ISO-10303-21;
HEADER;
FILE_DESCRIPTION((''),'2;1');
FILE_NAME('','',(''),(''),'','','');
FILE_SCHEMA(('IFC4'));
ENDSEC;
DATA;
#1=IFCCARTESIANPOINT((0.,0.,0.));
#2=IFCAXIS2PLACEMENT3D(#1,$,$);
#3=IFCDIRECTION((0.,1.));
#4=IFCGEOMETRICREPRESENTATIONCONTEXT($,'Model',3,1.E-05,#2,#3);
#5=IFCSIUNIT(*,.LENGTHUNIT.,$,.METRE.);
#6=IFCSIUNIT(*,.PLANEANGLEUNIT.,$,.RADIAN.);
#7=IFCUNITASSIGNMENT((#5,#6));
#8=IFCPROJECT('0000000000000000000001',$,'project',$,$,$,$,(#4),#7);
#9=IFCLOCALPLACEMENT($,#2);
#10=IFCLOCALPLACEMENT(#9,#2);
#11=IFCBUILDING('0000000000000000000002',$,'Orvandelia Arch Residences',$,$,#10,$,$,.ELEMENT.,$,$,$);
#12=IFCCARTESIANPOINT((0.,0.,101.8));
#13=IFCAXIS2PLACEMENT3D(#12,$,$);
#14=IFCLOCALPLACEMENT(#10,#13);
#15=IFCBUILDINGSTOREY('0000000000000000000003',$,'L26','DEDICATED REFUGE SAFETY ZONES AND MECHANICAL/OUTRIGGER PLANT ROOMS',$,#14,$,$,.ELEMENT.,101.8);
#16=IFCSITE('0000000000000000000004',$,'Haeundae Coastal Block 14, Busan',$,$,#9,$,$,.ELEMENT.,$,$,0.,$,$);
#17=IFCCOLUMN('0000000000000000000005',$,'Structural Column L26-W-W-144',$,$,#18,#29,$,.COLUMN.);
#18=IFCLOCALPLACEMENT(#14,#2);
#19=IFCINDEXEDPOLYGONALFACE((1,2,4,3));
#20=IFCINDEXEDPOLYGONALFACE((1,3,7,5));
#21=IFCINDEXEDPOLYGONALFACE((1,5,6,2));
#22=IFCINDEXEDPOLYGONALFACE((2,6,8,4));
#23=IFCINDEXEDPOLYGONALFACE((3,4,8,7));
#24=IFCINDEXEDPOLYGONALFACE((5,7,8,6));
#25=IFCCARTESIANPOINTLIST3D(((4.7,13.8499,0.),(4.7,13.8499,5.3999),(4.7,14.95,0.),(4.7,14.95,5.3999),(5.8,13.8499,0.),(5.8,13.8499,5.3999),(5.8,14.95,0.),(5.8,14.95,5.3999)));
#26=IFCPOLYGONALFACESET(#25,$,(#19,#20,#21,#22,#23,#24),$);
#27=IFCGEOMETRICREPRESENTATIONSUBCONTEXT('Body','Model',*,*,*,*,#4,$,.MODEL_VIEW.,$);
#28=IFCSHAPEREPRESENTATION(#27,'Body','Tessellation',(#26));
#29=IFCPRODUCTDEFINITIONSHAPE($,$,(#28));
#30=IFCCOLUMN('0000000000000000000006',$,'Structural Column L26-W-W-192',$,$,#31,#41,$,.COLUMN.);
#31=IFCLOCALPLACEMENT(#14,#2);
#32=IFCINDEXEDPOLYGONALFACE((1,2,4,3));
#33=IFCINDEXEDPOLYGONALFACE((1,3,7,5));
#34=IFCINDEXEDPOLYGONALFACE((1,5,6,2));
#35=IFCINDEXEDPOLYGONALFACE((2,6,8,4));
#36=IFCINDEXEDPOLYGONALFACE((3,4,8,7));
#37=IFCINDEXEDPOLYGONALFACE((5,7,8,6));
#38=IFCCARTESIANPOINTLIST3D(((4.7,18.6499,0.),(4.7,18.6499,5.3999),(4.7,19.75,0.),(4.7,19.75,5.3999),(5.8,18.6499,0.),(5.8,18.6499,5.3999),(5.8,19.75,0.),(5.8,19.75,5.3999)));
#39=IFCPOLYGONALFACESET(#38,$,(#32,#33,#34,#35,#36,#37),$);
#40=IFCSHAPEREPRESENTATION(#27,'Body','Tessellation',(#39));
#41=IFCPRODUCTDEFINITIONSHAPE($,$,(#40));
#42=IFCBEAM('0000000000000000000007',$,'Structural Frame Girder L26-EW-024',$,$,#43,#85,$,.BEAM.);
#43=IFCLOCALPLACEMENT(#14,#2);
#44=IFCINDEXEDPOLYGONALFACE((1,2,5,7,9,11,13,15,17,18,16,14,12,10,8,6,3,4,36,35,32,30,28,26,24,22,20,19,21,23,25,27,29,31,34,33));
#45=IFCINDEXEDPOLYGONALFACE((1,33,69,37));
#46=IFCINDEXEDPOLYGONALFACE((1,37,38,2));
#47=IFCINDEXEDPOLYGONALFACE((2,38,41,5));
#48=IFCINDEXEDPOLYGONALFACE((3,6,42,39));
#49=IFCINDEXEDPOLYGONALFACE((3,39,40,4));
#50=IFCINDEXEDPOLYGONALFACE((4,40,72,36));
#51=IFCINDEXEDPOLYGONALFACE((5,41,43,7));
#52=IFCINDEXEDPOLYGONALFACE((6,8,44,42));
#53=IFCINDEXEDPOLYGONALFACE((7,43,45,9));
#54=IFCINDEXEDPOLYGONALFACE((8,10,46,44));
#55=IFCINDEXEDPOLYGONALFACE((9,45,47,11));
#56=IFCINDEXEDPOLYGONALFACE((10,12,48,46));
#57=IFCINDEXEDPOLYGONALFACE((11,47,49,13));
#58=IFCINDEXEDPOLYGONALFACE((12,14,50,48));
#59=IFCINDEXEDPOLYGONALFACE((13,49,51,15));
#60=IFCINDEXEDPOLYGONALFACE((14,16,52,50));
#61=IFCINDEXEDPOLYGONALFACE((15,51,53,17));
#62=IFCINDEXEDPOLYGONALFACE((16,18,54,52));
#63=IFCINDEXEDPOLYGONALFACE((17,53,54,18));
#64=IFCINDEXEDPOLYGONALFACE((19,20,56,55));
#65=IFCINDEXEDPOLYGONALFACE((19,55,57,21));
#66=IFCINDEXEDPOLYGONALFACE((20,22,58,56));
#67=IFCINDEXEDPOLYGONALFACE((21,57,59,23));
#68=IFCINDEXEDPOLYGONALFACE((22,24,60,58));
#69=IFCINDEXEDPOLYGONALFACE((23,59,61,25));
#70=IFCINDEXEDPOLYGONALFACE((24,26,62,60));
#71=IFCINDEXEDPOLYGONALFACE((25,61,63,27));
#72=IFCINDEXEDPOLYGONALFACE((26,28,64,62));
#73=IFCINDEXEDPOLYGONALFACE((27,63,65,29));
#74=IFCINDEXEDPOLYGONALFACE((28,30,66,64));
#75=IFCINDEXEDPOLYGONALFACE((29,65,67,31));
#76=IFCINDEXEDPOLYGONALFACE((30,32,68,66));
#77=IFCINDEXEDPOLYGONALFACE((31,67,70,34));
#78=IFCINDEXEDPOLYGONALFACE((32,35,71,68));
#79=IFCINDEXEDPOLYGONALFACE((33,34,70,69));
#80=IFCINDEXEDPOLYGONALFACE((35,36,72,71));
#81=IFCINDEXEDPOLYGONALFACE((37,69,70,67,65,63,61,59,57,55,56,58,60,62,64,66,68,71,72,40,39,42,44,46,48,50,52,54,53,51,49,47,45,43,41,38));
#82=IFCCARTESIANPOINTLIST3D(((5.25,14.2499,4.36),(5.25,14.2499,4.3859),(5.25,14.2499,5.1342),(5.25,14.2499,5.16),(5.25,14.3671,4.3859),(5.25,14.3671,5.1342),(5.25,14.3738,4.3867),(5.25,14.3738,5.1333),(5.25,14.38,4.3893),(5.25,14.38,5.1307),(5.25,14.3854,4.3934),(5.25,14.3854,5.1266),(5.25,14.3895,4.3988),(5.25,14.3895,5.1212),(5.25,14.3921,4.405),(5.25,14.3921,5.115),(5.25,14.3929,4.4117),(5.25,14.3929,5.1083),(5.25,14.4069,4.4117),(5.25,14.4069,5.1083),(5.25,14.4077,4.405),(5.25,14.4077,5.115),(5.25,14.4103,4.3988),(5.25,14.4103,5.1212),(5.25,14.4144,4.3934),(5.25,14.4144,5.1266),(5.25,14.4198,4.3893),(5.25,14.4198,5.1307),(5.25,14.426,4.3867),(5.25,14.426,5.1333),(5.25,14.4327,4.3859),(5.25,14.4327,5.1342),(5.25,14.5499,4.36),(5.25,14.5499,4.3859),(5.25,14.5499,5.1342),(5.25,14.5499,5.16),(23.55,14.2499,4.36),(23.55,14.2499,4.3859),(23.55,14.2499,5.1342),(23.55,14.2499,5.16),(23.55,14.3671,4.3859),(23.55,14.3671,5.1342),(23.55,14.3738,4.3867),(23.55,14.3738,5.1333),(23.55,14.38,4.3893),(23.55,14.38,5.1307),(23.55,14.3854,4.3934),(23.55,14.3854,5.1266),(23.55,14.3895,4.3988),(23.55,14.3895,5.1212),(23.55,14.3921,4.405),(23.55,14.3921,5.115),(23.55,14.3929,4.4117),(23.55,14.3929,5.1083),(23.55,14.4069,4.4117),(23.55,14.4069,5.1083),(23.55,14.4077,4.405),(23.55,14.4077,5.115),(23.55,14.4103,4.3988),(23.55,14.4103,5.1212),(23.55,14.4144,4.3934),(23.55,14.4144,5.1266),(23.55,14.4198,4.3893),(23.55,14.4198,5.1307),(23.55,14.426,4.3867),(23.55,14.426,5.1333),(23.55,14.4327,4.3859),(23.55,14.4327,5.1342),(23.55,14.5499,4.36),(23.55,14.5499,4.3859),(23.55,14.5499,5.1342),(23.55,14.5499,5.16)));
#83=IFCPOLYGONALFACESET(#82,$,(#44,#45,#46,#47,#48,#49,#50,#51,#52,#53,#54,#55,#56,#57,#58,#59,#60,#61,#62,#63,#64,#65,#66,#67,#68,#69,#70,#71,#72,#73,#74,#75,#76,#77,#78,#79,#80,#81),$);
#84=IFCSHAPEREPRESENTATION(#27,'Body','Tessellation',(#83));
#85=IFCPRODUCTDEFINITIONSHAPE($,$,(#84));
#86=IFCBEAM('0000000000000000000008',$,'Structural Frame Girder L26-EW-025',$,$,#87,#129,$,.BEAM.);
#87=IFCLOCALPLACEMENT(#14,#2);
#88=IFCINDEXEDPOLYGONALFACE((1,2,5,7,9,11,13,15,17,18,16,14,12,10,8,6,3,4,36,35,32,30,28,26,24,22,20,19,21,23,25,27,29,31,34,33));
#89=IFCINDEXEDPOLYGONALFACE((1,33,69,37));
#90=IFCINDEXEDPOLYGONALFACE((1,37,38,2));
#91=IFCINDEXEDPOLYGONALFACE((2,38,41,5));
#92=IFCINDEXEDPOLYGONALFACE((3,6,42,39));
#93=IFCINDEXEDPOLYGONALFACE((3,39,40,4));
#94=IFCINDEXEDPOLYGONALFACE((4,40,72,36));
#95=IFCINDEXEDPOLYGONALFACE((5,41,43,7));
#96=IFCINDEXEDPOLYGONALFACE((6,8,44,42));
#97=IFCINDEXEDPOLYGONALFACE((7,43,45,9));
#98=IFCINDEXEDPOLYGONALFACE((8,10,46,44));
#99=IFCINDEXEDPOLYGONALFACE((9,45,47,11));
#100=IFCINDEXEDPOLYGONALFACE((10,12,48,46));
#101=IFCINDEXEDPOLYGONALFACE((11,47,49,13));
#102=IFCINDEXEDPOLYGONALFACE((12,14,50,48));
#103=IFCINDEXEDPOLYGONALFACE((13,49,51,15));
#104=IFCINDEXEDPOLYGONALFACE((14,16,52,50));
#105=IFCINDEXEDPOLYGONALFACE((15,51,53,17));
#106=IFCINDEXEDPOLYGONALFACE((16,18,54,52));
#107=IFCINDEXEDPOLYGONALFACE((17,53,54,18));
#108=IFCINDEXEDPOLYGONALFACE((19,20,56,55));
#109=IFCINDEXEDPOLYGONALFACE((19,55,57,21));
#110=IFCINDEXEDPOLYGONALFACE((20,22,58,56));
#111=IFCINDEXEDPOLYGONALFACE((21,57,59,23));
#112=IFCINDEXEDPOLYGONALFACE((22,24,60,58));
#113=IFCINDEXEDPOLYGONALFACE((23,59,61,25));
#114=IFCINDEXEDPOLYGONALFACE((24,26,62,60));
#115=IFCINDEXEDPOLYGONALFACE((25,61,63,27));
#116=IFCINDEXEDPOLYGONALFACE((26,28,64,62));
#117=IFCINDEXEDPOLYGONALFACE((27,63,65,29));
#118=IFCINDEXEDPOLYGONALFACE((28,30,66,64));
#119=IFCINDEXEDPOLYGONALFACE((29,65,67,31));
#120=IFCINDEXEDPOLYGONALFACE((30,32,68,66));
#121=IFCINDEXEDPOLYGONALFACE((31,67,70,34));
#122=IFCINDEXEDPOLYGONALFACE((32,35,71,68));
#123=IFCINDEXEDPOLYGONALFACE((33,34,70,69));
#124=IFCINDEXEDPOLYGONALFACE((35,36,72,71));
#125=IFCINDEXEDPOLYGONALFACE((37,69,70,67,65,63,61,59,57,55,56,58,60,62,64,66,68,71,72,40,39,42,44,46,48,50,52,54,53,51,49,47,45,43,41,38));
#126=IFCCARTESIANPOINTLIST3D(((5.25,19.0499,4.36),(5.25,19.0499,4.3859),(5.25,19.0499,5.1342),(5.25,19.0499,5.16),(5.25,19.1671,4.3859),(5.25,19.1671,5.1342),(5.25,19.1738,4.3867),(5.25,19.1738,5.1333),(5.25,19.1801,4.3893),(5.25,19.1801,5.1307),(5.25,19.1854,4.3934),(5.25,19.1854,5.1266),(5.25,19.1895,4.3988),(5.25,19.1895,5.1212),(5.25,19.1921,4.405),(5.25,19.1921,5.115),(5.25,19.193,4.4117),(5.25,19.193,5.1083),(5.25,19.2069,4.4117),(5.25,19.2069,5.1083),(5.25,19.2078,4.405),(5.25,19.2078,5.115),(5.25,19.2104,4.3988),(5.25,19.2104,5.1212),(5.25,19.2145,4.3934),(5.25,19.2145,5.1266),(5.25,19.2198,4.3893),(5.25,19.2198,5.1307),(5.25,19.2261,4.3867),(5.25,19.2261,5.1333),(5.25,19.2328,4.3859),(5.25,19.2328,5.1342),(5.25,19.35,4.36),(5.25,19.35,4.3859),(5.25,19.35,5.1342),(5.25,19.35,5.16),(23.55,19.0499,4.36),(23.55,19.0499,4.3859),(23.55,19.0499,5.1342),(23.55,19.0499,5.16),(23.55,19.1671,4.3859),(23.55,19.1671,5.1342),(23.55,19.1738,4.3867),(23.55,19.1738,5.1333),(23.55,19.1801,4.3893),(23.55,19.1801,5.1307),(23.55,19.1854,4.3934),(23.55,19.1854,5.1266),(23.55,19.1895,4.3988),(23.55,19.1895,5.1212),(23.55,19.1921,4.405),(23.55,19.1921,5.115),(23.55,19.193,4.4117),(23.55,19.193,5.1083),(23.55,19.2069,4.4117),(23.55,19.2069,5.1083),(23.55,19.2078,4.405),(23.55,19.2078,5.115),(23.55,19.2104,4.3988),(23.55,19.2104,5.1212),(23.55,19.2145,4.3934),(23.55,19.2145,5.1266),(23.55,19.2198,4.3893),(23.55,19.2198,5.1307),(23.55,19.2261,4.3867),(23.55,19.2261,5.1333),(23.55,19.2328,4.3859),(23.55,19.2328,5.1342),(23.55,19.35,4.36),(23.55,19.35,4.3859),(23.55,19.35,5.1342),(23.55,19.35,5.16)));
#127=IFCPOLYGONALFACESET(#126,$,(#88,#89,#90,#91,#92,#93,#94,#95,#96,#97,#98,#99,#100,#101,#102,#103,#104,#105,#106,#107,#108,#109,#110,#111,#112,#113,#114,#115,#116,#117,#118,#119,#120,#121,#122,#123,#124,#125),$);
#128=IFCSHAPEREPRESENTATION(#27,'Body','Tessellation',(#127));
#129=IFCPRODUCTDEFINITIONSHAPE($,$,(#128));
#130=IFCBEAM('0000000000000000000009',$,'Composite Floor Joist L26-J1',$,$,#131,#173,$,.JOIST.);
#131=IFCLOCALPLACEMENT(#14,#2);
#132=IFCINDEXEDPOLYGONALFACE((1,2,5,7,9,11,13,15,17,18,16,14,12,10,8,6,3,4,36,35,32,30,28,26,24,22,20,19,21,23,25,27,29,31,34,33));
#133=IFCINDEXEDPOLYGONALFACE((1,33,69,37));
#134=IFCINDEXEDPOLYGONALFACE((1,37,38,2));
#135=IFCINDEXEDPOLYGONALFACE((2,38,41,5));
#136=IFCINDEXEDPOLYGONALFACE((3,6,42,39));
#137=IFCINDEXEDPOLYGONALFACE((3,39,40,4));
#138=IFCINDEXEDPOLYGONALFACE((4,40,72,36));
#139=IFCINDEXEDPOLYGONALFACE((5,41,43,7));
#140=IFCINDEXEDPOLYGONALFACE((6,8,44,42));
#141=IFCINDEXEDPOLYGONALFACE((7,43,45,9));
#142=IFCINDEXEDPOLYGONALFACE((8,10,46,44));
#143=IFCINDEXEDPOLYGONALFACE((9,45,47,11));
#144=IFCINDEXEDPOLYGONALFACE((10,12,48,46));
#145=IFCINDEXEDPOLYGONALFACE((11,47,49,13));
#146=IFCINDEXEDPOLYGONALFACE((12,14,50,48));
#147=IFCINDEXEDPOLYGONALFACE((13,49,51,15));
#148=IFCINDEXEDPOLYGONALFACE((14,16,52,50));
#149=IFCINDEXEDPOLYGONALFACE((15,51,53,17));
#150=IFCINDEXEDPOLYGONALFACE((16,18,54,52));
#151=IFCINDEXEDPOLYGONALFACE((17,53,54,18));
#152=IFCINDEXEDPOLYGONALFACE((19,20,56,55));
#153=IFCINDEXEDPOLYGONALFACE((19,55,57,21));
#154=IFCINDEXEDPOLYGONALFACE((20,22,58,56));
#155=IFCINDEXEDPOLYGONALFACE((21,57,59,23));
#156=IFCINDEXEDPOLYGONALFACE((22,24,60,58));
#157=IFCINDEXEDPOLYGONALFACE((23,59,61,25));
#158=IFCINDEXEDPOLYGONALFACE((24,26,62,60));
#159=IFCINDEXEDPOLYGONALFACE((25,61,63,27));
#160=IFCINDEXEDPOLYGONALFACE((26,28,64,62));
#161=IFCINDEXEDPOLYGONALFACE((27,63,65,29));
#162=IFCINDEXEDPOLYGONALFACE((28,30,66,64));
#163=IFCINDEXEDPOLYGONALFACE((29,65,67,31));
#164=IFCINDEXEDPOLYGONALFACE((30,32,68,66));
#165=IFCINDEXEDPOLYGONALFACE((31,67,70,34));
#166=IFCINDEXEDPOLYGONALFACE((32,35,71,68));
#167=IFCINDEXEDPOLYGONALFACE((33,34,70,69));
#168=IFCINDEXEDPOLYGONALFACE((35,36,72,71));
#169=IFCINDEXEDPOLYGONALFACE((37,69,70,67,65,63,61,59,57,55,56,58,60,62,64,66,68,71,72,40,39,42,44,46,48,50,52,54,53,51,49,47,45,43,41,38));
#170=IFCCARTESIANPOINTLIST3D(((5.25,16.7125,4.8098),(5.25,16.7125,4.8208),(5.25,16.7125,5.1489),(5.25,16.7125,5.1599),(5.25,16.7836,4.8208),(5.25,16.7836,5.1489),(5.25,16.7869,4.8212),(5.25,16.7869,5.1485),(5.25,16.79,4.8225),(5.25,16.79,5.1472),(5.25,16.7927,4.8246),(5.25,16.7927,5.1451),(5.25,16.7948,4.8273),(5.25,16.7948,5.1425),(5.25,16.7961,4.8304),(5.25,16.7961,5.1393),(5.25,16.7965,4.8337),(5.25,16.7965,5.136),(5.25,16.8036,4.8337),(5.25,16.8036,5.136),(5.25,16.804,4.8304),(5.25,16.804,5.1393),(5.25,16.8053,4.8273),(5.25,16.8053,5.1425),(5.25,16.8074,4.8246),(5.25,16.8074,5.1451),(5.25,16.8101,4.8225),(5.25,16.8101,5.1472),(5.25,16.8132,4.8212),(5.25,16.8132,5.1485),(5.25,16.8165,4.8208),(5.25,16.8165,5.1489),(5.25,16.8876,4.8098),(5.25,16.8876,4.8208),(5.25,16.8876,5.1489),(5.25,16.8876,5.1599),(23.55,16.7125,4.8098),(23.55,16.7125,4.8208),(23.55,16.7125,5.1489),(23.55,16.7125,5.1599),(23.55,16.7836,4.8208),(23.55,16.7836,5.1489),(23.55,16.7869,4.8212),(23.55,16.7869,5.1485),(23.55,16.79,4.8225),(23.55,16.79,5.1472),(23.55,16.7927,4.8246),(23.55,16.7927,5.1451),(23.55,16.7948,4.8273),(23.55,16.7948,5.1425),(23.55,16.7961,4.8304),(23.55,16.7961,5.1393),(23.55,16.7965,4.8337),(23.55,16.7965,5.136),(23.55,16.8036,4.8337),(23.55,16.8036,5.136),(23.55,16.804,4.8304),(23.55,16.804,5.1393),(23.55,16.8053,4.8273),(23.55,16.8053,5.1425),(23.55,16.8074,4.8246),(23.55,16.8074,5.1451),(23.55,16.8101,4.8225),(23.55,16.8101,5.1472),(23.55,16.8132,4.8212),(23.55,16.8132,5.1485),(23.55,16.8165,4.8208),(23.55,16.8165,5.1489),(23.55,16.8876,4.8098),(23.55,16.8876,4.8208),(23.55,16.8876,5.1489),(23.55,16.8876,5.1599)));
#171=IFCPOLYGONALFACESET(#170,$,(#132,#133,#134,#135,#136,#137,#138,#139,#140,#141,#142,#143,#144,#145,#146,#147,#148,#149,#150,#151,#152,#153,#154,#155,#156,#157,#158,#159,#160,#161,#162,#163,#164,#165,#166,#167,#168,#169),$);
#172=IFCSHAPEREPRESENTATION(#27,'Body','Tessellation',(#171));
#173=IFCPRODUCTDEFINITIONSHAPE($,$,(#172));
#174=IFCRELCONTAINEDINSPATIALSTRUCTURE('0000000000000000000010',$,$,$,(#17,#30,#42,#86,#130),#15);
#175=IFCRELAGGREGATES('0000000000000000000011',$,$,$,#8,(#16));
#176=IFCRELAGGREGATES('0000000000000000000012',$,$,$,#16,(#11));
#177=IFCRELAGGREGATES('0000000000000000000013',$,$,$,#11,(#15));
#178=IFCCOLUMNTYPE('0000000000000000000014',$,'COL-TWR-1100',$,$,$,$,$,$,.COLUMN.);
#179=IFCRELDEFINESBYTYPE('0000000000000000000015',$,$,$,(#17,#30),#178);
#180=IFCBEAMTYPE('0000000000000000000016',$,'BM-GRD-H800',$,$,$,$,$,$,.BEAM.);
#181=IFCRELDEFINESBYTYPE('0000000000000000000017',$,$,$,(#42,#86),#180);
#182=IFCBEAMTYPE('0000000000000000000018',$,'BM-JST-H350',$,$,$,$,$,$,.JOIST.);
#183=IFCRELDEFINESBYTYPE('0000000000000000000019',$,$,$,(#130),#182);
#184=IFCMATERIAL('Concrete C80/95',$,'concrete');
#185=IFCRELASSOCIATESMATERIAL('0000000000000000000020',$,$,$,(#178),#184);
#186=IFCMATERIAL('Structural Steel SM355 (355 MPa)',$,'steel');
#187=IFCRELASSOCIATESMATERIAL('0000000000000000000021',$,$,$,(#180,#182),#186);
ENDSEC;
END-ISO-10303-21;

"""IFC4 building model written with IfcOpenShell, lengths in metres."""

from ifc_helpers import new_model, si_unit, direction, frame, origin, origin_2d, place, context, subcontext, project, spatial, rectangle, i_section, extrude, material, material_profile, profile_set, type_object, element, save


model = new_model("IFC4")

# Units and contexts
model_context = context("Model", 3, precision=1e-05, world=origin(), true_north=direction((0.0, 1.0)))
body_context = subcontext(model_context, "Body", "Model", "MODEL_VIEW")
ifc_project = project(units=[si_unit("LENGTHUNIT", "METRE"), si_unit("PLANEANGLEUNIT", "RADIAN")], contexts=[model_context])

# Site, building, storey
site_placement = place(None, origin())
site = spatial("IfcSite", under=ifc_project, at=site_placement, Name="Haeundae Coastal Block 14, Busan", CompositionType="ELEMENT", RefElevation=0.0)
building_placement = place(site_placement, origin())
building = spatial("IfcBuilding", under=site, at=building_placement, Name="Orvandelia Arch Residences", CompositionType="ELEMENT")
storey_placement = place(building_placement, frame((0.0, 0.0, 101.8)))
storey = spatial("IfcBuildingStorey", under=building, at=storey_placement, Name="L26", Description="DEDICATED REFUGE SAFETY ZONES AND MECHANICAL/OUTRIGGER PLANT ROOMS", CompositionType="ELEMENT", Elevation=101.8)

# Columns
ifc_material_1 = material(Name="Concrete C80/95", Category="concrete")
ifc_material_profile_1 = material_profile(ifc_material_1, rectangle(XDim=1.1001, YDim=1.1001, at=origin_2d()), Name="Concrete C80/95", Category="concrete")
ifc_profile_set_1 = profile_set([ifc_material_profile_1], Name="Concrete C80/95")
column_type = type_object("IfcColumnType", Name="COL-TWR-1100", PredefinedType="COLUMN", material=ifc_profile_set_1)
for number, where, z_axis, x_axis, name in (
    (1, (5.25, 14.3999, 0.0), (0.0, 0.0, 1.0), (1.0, 0.0, 0.0), "Structural Column L26-W-W-144"),
    (2, (5.25, 19.2, 0.0), (0.0, 0.0, 1.0), (1.0, 0.0, 0.0), "Structural Column L26-W-W-192"),
):
    element("IfcColumn", number, at=place(storey_placement, frame(where, z_axis=z_axis, x_axis=x_axis)), inside=storey, type_object=column_type, Name=name, PredefinedType="COLUMN", context=body_context, shape_type="SweptSolid", body=[
        extrude(rectangle(XDim=1.1001, YDim=1.1001, at=origin_2d()), origin(), (0.0, 0.0, 1.0), 5.3999),
    ])

# Beams
ifc_material_2 = material(Name="Structural Steel SM355 (355 MPa)", Category="steel")
ifc_material_profile_2 = material_profile(ifc_material_2, i_section(OverallWidth=0.3, OverallDepth=0.8, WebThickness=0.0139, FlangeThickness=0.0259, FilletRadius=0.0259, at=origin_2d()), Name="Structural Steel SM355 (355 MPa)", Category="steel")
ifc_profile_set_2 = profile_set([ifc_material_profile_2], Name="Structural Steel SM355 (355 MPa)")
beam_type_1 = type_object("IfcBeamType", Name="BM-GRD-H800", PredefinedType="BEAM", material=ifc_profile_set_2)
for number, where, z_axis, x_axis, name in (
    (3, (5.25, 14.3999, 4.76), (1.0, 0.0, 0.0), (0.0, 1.0, 0.0), "Structural Frame Girder L26-EW-024"),
    (4, (5.25, 19.2, 4.76), (1.0, 0.0, 0.0), (0.0, 1.0, 0.0), "Structural Frame Girder L26-EW-025"),
):
    element("IfcBeam", number, at=place(storey_placement, frame(where, z_axis=z_axis, x_axis=x_axis)), inside=storey, type_object=beam_type_1, Name=name, PredefinedType="BEAM", context=body_context, shape_type="SweptSolid", body=[
        extrude(i_section(OverallWidth=0.3, OverallDepth=0.8, WebThickness=0.0139, FlangeThickness=0.0259, FilletRadius=0.0259, at=origin_2d()), origin(), (0.0, 0.0, 1.0), 18.3),
    ])
ifc_material_profile_3 = material_profile(ifc_material_2, i_section(OverallWidth=0.175, OverallDepth=0.3501, WebThickness=0.0071, FlangeThickness=0.011, FilletRadius=0.0129, at=origin_2d()), Name="Structural Steel SM355 (355 MPa)", Category="steel")
ifc_profile_set_3 = profile_set([ifc_material_profile_3], Name="Structural Steel SM355 (355 MPa)")
beam_type_2 = type_object("IfcBeamType", Name="BM-JST-H350", PredefinedType="JOIST", material=ifc_profile_set_3)
beam_placement = place(storey_placement, frame((5.25, 16.8, 4.9849), z_axis=(1.0, 0.0, 0.0), x_axis=(0.0, 1.0, 0.0)))
element("IfcBeam", 5, at=beam_placement, inside=storey, type_object=beam_type_2, Name="Composite Floor Joist L26-J1", PredefinedType="JOIST", context=body_context, shape_type="SweptSolid", body=[
    extrude(i_section(OverallWidth=0.175, OverallDepth=0.3501, WebThickness=0.0071, FlangeThickness=0.011, FilletRadius=0.0129, at=origin_2d()), origin(), (0.0, 0.0, 1.0), 18.3),
])

save(model, "model.ifc")
